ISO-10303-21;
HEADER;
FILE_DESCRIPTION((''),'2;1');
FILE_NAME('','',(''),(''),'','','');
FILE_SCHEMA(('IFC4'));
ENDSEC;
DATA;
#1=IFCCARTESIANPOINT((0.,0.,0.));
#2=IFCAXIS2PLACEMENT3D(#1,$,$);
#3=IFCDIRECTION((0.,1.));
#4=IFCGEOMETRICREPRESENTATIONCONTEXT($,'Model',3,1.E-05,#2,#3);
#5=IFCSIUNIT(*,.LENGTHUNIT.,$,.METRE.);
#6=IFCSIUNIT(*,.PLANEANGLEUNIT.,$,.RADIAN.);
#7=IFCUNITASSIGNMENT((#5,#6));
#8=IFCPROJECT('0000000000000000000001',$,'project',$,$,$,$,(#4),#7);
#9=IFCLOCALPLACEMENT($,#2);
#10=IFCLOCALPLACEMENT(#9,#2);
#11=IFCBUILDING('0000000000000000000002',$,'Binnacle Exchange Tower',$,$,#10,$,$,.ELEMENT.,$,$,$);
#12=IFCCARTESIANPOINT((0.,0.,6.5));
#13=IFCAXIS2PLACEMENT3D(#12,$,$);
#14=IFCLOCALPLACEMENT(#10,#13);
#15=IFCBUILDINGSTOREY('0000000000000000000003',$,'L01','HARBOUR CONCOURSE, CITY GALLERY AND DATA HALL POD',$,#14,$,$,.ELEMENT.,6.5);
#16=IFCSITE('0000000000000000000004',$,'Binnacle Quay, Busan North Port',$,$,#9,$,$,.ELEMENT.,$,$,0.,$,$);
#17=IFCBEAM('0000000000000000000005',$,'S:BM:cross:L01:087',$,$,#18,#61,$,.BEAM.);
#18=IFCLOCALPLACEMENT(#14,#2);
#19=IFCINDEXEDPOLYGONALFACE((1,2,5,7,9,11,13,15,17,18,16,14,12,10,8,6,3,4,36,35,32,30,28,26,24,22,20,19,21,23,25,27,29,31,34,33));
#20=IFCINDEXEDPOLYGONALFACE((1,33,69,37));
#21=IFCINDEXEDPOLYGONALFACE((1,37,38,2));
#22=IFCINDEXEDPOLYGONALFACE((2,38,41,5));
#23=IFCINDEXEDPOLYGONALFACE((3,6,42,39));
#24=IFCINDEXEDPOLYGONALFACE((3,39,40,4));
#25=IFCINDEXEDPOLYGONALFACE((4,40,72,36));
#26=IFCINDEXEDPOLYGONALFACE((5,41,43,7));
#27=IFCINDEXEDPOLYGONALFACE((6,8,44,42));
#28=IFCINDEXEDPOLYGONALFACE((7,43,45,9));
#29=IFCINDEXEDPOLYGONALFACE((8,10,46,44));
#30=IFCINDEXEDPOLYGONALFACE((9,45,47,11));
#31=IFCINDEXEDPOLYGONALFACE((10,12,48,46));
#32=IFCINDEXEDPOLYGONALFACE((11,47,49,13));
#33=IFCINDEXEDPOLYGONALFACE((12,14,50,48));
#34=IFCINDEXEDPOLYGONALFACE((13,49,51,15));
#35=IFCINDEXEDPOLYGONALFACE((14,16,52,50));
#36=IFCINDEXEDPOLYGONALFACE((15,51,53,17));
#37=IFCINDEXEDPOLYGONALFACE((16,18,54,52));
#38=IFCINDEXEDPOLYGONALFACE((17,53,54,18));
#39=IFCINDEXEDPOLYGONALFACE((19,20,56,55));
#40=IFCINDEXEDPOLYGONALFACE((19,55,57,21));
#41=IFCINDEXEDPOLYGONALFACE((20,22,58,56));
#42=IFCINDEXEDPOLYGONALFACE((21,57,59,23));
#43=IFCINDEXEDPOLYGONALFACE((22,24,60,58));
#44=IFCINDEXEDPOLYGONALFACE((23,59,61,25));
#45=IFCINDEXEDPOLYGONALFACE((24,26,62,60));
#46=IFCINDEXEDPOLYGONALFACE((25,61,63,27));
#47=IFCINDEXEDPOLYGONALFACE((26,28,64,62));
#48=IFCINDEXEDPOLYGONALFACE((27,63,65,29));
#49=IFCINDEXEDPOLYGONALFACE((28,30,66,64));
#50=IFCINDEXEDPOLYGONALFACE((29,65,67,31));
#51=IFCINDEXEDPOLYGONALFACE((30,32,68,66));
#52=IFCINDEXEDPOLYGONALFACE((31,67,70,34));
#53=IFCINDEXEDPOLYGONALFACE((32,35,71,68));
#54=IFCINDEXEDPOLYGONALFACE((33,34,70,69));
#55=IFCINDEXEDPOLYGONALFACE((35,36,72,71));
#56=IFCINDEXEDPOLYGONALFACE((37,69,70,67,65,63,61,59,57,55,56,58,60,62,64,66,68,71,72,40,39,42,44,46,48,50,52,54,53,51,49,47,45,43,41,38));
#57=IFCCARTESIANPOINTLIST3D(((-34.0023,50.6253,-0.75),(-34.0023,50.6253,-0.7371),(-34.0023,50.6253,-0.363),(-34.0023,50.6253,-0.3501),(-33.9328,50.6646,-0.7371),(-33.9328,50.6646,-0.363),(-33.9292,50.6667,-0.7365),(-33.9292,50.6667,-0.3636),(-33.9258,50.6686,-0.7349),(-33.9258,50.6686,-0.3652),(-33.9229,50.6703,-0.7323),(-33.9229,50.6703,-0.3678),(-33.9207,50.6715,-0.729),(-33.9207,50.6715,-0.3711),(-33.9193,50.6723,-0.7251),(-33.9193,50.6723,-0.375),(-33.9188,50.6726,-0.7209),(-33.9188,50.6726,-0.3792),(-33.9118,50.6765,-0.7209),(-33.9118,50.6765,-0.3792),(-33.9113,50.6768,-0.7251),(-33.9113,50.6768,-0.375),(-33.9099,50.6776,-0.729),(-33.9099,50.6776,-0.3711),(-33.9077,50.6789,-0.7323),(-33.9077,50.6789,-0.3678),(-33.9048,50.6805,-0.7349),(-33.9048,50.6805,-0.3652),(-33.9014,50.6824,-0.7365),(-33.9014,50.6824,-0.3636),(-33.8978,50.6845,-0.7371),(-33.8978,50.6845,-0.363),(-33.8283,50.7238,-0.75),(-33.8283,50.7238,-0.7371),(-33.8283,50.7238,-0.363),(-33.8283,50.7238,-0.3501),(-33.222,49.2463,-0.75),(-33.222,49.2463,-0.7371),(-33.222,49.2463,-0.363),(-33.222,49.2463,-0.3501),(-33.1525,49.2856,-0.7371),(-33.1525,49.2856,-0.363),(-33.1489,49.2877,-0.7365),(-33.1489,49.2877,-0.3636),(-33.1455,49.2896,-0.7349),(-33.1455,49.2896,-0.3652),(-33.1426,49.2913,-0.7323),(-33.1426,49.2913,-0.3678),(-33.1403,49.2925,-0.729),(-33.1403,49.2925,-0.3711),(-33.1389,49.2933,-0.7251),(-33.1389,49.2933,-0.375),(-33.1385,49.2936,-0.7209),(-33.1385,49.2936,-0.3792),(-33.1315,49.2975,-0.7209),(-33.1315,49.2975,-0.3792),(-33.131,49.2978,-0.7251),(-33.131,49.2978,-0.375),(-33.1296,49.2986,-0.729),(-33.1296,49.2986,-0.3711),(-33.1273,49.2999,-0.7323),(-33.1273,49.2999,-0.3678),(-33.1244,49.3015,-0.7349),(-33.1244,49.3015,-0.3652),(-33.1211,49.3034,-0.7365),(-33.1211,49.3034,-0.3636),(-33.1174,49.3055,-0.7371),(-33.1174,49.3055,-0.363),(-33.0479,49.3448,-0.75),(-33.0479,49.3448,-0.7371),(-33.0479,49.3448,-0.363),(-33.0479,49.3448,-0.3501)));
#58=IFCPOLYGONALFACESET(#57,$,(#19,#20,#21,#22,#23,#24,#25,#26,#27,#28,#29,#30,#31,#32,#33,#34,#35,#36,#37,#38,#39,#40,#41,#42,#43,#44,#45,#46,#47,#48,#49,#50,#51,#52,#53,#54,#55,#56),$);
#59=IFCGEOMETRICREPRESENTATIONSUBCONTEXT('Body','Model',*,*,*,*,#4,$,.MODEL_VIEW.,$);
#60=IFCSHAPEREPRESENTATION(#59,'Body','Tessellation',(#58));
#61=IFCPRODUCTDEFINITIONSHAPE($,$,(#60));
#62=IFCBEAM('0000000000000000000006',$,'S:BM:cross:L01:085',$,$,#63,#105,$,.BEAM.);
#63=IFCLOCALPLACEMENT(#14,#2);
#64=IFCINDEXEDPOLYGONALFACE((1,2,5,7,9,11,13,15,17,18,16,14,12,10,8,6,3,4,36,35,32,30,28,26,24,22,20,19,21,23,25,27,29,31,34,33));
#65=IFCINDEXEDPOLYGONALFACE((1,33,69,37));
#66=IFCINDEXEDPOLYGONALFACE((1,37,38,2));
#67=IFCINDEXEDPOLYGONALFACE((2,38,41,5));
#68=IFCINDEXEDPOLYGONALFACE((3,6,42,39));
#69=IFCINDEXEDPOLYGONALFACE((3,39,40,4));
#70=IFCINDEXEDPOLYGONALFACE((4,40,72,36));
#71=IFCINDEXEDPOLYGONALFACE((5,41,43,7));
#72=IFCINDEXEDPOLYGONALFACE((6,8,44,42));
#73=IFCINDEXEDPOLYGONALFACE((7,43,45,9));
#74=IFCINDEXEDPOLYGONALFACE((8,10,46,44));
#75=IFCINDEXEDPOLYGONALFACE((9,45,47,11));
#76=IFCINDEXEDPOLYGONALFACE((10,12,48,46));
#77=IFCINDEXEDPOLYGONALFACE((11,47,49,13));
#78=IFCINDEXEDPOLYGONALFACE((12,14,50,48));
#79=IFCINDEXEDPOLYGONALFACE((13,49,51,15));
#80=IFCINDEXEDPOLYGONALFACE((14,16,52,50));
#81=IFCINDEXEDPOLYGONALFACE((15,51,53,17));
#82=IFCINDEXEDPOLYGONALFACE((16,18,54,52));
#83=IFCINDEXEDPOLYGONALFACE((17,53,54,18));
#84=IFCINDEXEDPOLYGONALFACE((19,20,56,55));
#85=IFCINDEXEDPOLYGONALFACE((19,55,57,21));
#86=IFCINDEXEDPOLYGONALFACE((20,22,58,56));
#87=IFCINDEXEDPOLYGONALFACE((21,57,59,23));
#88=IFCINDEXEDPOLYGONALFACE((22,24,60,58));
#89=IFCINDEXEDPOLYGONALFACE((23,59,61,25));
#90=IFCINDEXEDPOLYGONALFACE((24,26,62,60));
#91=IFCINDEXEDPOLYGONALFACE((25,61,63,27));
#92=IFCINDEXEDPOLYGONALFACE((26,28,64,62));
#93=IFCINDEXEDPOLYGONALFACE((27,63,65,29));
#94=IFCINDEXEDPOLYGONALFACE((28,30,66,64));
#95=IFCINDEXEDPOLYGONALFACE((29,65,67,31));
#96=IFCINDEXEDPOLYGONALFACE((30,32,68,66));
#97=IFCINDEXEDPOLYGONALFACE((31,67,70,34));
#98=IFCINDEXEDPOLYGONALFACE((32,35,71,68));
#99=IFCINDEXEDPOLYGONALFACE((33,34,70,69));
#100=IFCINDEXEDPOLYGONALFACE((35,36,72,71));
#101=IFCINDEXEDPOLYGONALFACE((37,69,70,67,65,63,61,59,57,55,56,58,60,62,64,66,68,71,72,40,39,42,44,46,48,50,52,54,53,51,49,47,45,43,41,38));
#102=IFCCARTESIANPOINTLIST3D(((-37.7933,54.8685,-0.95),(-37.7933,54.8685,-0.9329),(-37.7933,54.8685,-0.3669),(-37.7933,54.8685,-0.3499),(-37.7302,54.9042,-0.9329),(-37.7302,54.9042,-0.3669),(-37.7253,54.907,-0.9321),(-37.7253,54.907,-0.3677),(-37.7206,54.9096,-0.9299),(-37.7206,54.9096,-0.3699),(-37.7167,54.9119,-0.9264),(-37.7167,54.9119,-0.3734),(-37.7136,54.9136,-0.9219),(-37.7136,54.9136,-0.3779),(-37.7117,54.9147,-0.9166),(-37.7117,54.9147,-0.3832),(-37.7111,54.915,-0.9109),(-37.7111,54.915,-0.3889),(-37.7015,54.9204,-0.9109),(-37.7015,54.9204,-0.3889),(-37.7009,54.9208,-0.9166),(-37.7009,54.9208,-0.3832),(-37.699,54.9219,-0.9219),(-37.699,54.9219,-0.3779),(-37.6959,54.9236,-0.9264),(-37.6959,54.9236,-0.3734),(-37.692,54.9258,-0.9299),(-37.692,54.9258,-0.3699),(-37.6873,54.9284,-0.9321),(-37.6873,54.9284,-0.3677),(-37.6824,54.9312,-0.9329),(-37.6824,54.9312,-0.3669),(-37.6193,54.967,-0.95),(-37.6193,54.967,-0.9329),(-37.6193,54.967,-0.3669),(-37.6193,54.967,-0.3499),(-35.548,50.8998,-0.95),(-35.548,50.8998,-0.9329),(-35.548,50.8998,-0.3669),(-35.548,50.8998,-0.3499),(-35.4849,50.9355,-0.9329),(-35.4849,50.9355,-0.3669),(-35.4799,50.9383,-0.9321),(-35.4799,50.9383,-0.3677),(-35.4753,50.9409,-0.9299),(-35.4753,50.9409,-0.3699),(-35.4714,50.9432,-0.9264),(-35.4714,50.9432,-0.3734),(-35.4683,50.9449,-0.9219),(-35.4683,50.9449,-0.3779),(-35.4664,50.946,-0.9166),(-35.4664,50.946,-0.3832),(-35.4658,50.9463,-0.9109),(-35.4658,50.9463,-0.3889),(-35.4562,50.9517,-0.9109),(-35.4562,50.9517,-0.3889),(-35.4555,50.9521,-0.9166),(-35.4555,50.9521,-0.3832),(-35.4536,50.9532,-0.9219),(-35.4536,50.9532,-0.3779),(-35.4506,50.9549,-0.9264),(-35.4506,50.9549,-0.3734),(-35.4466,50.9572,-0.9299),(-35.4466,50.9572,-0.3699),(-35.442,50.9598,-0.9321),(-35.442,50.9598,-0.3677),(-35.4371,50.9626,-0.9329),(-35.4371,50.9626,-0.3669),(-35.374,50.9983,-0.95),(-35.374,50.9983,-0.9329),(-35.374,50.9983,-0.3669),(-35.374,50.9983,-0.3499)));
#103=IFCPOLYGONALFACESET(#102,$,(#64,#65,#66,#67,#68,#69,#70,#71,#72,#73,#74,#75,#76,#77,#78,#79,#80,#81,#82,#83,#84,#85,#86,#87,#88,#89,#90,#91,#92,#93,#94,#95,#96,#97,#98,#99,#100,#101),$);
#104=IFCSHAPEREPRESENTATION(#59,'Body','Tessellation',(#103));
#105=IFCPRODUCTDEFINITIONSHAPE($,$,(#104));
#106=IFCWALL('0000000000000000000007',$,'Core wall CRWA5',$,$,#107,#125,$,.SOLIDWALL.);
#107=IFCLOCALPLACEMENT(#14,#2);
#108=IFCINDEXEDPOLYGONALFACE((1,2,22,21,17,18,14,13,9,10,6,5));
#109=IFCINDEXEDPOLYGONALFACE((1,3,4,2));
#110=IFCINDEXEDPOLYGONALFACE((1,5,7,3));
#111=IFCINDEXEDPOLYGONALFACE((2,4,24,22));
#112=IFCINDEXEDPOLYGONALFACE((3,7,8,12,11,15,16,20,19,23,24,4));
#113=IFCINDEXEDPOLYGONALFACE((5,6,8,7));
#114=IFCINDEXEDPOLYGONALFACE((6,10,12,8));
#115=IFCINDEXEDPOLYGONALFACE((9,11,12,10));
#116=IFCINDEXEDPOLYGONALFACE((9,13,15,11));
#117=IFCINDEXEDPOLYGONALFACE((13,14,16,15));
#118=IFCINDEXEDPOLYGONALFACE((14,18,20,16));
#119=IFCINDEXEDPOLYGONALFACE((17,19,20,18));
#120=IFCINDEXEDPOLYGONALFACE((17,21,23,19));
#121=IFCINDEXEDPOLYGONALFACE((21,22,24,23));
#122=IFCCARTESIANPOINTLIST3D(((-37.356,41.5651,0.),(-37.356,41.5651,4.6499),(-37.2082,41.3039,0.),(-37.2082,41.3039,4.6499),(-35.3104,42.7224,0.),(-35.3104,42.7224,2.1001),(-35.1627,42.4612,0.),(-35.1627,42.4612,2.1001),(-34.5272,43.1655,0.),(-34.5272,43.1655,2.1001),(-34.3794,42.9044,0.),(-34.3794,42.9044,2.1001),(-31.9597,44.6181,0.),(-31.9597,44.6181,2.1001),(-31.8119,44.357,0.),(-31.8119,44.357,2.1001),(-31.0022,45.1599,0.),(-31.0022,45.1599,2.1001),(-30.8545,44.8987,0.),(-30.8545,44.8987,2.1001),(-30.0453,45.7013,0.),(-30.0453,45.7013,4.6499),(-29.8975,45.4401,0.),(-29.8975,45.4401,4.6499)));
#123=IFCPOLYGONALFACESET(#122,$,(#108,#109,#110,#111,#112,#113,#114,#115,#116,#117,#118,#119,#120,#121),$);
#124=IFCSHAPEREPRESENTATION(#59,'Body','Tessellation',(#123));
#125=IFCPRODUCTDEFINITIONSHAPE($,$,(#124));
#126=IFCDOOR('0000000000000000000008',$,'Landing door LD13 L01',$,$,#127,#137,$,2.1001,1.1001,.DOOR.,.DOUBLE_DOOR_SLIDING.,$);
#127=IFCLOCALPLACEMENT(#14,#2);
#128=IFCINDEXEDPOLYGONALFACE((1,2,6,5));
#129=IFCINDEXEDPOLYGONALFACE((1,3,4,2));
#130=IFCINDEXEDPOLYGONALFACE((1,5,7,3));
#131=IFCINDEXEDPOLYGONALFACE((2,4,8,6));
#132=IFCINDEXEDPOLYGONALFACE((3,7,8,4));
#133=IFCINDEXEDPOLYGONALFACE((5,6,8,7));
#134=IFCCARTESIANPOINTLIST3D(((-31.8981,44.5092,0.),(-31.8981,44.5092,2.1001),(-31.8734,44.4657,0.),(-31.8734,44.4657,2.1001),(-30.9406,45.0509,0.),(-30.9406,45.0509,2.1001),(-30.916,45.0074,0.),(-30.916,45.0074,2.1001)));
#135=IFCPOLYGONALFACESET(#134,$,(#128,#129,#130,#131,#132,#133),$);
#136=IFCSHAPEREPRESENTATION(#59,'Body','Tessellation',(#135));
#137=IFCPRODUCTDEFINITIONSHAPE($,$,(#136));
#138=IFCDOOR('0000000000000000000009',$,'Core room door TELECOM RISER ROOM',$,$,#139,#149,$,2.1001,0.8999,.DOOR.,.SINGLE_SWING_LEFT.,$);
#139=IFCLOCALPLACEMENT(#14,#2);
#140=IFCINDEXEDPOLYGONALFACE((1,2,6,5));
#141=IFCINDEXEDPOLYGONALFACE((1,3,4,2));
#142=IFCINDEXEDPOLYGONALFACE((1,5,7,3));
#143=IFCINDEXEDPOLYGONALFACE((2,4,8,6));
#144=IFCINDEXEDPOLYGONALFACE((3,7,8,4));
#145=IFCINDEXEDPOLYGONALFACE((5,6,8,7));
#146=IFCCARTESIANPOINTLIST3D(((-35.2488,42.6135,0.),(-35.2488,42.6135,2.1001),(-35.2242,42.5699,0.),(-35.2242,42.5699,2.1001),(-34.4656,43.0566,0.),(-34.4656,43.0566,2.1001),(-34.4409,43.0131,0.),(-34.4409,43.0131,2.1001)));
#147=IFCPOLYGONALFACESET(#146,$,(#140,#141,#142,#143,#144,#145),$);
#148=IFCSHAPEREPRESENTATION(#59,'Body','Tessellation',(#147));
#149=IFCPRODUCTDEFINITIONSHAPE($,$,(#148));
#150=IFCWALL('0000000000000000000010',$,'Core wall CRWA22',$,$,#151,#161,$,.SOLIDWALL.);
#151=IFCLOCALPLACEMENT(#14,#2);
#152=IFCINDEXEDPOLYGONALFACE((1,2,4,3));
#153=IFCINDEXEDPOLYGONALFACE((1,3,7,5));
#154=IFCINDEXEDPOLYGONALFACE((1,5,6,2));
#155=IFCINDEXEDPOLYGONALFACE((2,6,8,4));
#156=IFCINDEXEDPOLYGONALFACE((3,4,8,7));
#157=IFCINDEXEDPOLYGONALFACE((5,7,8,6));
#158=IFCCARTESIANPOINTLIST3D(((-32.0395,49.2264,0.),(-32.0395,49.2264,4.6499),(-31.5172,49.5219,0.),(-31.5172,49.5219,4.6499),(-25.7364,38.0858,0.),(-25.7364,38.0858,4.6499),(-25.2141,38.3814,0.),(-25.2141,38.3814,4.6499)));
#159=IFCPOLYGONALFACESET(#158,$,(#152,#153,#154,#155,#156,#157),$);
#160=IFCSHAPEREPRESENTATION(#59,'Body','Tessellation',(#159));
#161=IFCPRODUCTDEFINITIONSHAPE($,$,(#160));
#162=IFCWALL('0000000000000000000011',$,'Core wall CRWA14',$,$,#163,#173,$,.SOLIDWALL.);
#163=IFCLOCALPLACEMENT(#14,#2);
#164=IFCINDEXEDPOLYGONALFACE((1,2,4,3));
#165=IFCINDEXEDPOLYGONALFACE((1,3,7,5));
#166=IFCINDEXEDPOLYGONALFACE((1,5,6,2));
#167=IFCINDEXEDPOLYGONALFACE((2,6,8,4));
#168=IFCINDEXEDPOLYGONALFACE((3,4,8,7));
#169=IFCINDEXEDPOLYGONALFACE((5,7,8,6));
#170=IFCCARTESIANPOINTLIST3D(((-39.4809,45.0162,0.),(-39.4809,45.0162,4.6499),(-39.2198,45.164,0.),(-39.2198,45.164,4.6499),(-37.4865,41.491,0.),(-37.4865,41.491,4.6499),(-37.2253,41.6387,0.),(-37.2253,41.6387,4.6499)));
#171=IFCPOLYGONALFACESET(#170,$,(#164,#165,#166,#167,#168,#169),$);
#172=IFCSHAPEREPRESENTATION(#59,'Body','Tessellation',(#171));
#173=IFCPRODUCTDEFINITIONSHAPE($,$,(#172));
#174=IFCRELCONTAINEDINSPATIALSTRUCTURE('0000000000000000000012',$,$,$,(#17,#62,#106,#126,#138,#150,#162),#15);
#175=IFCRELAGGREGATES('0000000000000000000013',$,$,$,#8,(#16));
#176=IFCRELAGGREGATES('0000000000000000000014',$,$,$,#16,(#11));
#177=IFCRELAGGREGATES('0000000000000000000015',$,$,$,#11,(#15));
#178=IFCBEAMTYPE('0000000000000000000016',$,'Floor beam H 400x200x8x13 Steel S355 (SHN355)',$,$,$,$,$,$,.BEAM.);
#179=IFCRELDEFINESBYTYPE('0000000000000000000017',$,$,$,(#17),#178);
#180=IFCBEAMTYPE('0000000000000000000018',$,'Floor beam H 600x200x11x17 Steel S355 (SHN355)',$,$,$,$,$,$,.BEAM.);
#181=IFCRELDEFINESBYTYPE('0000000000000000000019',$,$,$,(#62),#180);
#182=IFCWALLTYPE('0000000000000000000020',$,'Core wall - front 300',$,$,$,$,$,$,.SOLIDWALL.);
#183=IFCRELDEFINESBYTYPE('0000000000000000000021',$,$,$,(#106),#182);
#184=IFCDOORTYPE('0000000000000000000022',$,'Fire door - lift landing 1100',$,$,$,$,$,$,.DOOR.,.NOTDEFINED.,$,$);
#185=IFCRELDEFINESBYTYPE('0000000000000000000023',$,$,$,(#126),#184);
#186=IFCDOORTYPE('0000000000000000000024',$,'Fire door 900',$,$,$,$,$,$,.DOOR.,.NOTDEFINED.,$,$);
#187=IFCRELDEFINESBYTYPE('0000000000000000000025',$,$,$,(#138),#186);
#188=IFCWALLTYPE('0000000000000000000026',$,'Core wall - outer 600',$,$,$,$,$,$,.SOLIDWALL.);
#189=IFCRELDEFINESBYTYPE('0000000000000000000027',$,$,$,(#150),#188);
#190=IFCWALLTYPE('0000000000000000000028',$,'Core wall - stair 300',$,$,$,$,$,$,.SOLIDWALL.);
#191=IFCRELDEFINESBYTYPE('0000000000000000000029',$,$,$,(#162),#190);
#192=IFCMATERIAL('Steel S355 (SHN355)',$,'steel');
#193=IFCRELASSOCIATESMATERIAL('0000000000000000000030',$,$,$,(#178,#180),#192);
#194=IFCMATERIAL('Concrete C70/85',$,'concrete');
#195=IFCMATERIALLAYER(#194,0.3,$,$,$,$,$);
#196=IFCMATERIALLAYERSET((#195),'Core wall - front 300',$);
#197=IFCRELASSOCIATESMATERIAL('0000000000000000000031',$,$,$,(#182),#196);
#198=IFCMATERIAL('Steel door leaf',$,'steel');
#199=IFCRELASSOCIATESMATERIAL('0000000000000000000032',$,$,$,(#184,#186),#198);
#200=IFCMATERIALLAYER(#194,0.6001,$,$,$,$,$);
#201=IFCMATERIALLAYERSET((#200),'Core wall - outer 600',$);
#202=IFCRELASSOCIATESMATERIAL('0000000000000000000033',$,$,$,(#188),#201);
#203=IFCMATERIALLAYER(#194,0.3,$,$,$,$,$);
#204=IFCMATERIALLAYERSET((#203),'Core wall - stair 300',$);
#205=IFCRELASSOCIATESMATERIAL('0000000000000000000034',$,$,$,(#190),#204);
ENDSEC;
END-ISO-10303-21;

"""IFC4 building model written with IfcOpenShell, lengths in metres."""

from ifc_helpers import new_model, si_unit, direction, frame, frame_2d, origin, origin_2d, place, context, subcontext, project, spatial, rectangle, i_section, extrude, material, layer, layer_set, material_profile, profile_set, type_object, element, fill, save


model = new_model("IFC4")

# Units and contexts
model_context = context("Model", 3, precision=1e-05, world=origin(), true_north=direction((0.0, 1.0)))
body_context = subcontext(model_context, "Body", "Model", "MODEL_VIEW")
ifc_project = project(units=[si_unit("LENGTHUNIT", "METRE"), si_unit("PLANEANGLEUNIT", "RADIAN")], contexts=[model_context])

# Site, building, storey
site_placement = place(None, origin())
site = spatial("IfcSite", under=ifc_project, at=site_placement, Name="Binnacle Quay, Busan North Port", CompositionType="ELEMENT", RefElevation=0.0)
building_placement = place(site_placement, origin())
building = spatial("IfcBuilding", under=site, at=building_placement, Name="Binnacle Exchange Tower", CompositionType="ELEMENT")
storey_placement = place(building_placement, frame((0.0, 0.0, 6.5)))
storey = spatial("IfcBuildingStorey", under=building, at=storey_placement, Name="L01", Description="HARBOUR CONCOURSE, CITY GALLERY AND DATA HALL POD", CompositionType="ELEMENT", Elevation=6.5)

# Shared definitions
ifc_material_1 = material(Name="Concrete C70/85", Category="concrete")

# Beams
ifc_material_2 = material(Name="Steel S355 (SHN355)", Category="steel")
ifc_material_profile_1 = material_profile(ifc_material_2, i_section(OverallWidth=0.2, OverallDepth=0.3999, WebThickness=0.0081, FlangeThickness=0.0129, FilletRadius=0.0161, at=origin_2d()), Name="H 400x200x8x13")
ifc_profile_set_1 = profile_set([ifc_material_profile_1], Name="Steel S355 (SHN355)")
beam_type_1 = type_object("IfcBeamType", Name="Floor beam H 400x200x8x13 Steel S355 (SHN355)", PredefinedType="BEAM", material=ifc_profile_set_1)
beam_1_placement = place(storey_placement, frame((-33.9153, 50.6746, -0.55), z_axis=(0.492484, -0.870322, 0.0), x_axis=(0.870322, 0.492484, 0.0)))
element("IfcBeam", 1, at=beam_1_placement, inside=storey, type_object=beam_type_1, Name="S:BM:cross:L01:087", PredefinedType="BEAM", context=body_context, shape_type="SweptSolid", body=[
    extrude(i_section(OverallWidth=0.2, OverallDepth=0.3999, WebThickness=0.0081, FlangeThickness=0.0129, FilletRadius=0.0161, at=origin_2d()), origin(), (0.0, 0.0, 1.0), 1.5845),
])
ifc_material_profile_2 = material_profile(ifc_material_2, i_section(OverallWidth=0.2, OverallDepth=0.6001, WebThickness=0.011, FlangeThickness=0.0171, FilletRadius=0.022, at=origin_2d()), Name="H 600x200x11x17")
ifc_profile_set_2 = profile_set([ifc_material_profile_2], Name="Steel S355 (SHN355)")
beam_type_2 = type_object("IfcBeamType", Name="Floor beam H 600x200x11x17 Steel S355 (SHN355)", PredefinedType="BEAM", material=ifc_profile_set_2)
beam_2_placement = place(storey_placement, frame((-37.7063, 54.9177, -0.6499), z_axis=(0.492415, -0.87036, 0.0), x_axis=(0.87036, 0.492415, 0.0)))
element("IfcBeam", 2, at=beam_2_placement, inside=storey, type_object=beam_type_2, Name="S:BM:cross:L01:085", PredefinedType="BEAM", context=body_context, shape_type="SweptSolid", body=[
    extrude(i_section(OverallWidth=0.2, OverallDepth=0.6001, WebThickness=0.011, FlangeThickness=0.0171, FilletRadius=0.022, at=origin_2d()), origin(), (0.0, 0.0, 1.0), 4.5598),
])

# Wall, openings, doors
ifc_layer_1 = layer(ifc_material_1, 0.3)
ifc_layer_set_1 = layer_set([ifc_layer_1], Name="Core wall - front 300")
wall_type_1 = type_object("IfcWallType", Name="Core wall - front 300", PredefinedType="SOLIDWALL", material=ifc_layer_set_1)
wall_1_placement = place(storey_placement, frame((-37.282, 41.4346, 0.0), z_axis=(0.0, 0.0, 1.0), x_axis=(0.870357, 0.492422, 0.0)))
wall_1 = element("IfcWall", 3, at=wall_1_placement, inside=storey, type_object=wall_type_1, Name="Core wall CRWA5", PredefinedType="SOLIDWALL", context=body_context, shape_type="SweptSolid", body=[
    extrude(rectangle(XDim=8.3997, YDim=0.3, at=frame_2d((4.1997, 0.0))), origin(), (0.0, 0.0, 1.0), 4.6499),
])
opening_1_placement = place(wall_1_placement, frame((6.2, 0.0, 0.0)))
opening_1 = element("IfcOpeningElement", 4, at=opening_1_placement, cuts=wall_1, PredefinedType="OPENING", context=body_context, shape_type="SweptSolid", body=[
    extrude(rectangle(XDim=1.1001, YDim=2.1001, at=frame_2d((0.55, 1.05))), frame((0.0, 0.1599, 0.0), z_axis=(0.0, -1.0, 0.0), x_axis=(1.0, 0.0, 0.0)), (0.0, 0.0, 1.0), 0.3201),
])
opening_2_placement = place(wall_1_placement, frame((2.3501, 0.0, 0.0)))
opening_2 = element("IfcOpeningElement", 5, at=opening_2_placement, cuts=wall_1, PredefinedType="OPENING", context=body_context, shape_type="SweptSolid", body=[
    extrude(rectangle(XDim=0.8999, YDim=2.1001, at=frame_2d((0.45, 1.05))), frame((0.0, 0.1599, 0.0), z_axis=(0.0, -1.0, 0.0), x_axis=(1.0, 0.0, 0.0)), (0.0, 0.0, 1.0), 0.3201),
])
ifc_material_3 = material(Name="Steel door leaf", Category="steel")
door_type_1 = type_object("IfcDoorType", Name="Fire door - lift landing 1100", OperationType="NOTDEFINED", PredefinedType="DOOR", material=ifc_material_3)
door_1_placement = place(opening_1_placement, origin())
door_1 = element("IfcDoor", 6, at=door_1_placement, inside=storey, type_object=door_type_1, Name="Landing door LD13 L01", OperationType="DOUBLE_DOOR_SLIDING", OverallHeight=2.1001, OverallWidth=1.1001, PredefinedType="DOOR", context=body_context, shape_type="SweptSolid", body=[
    extrude(rectangle(XDim=1.1001, YDim=2.1001, at=frame_2d((0.55, 1.05))), frame((0.0, 0.0249, 0.0), z_axis=(0.0, -1.0, 0.0), x_axis=(1.0, 0.0, 0.0)), (0.0, 0.0, 1.0), 0.05),
])
fill(opening_1, door_1)
door_type_2 = type_object("IfcDoorType", Name="Fire door 900", OperationType="NOTDEFINED", PredefinedType="DOOR", material=ifc_material_3)
door_2_placement = place(opening_2_placement, origin())
door_2 = element("IfcDoor", 7, at=door_2_placement, inside=storey, type_object=door_type_2, Name="Core room door TELECOM RISER ROOM", OperationType="SINGLE_SWING_LEFT", OverallHeight=2.1001, OverallWidth=0.8999, PredefinedType="DOOR", context=body_context, shape_type="SweptSolid", body=[
    extrude(rectangle(XDim=0.8999, YDim=2.1001, at=frame_2d((0.45, 1.05))), frame((0.0, 0.0249, 0.0), z_axis=(0.0, -1.0, 0.0), x_axis=(1.0, 0.0, 0.0)), (0.0, 0.0, 1.0), 0.05),
])
fill(opening_2, door_2)

# Walls
ifc_layer_2 = layer(ifc_material_1, 0.6001)
ifc_layer_set_2 = layer_set([ifc_layer_2], Name="Core wall - outer 600")
wall_type_2 = type_object("IfcWallType", Name="Core wall - outer 600", PredefinedType="SOLIDWALL", material=ifc_layer_set_2)
wall_2_placement = place(storey_placement, frame((-31.7783, 49.374, 0.0), z_axis=(0.0, 0.0, 1.0), x_axis=(0.492433, -0.87035, 0.0)))
element("IfcWall", 8, at=wall_2_placement, inside=storey, type_object=wall_type_2, Name="Core wall CRWA22", PredefinedType="SOLIDWALL", context=body_context, shape_type="SweptSolid", body=[
    extrude(rectangle(XDim=12.8, YDim=0.6001, at=frame_2d((6.3999, 0.0))), origin(), (0.0, 0.0, 1.0), 4.6499),
])
ifc_layer_3 = layer(ifc_material_1, 0.3)
ifc_layer_set_3 = layer_set([ifc_layer_3], Name="Core wall - stair 300")
wall_type_3 = type_object("IfcWallType", Name="Core wall - stair 300", PredefinedType="SOLIDWALL", material=ifc_layer_set_3)
wall_3_placement = place(storey_placement, frame((-39.3503, 45.0901, 0.0), z_axis=(0.0, 0.0, 1.0), x_axis=(0.492415, -0.870361, 0.0)))
element("IfcWall", 9, at=wall_3_placement, inside=storey, type_object=wall_type_3, Name="Core wall CRWA14", PredefinedType="SOLIDWALL", context=body_context, shape_type="SweptSolid", body=[
    extrude(rectangle(XDim=4.0503, YDim=0.3, at=frame_2d((2.0251, 0.0))), origin(), (0.0, 0.0, 1.0), 4.6499),
])

save(model, "model.ifc")
